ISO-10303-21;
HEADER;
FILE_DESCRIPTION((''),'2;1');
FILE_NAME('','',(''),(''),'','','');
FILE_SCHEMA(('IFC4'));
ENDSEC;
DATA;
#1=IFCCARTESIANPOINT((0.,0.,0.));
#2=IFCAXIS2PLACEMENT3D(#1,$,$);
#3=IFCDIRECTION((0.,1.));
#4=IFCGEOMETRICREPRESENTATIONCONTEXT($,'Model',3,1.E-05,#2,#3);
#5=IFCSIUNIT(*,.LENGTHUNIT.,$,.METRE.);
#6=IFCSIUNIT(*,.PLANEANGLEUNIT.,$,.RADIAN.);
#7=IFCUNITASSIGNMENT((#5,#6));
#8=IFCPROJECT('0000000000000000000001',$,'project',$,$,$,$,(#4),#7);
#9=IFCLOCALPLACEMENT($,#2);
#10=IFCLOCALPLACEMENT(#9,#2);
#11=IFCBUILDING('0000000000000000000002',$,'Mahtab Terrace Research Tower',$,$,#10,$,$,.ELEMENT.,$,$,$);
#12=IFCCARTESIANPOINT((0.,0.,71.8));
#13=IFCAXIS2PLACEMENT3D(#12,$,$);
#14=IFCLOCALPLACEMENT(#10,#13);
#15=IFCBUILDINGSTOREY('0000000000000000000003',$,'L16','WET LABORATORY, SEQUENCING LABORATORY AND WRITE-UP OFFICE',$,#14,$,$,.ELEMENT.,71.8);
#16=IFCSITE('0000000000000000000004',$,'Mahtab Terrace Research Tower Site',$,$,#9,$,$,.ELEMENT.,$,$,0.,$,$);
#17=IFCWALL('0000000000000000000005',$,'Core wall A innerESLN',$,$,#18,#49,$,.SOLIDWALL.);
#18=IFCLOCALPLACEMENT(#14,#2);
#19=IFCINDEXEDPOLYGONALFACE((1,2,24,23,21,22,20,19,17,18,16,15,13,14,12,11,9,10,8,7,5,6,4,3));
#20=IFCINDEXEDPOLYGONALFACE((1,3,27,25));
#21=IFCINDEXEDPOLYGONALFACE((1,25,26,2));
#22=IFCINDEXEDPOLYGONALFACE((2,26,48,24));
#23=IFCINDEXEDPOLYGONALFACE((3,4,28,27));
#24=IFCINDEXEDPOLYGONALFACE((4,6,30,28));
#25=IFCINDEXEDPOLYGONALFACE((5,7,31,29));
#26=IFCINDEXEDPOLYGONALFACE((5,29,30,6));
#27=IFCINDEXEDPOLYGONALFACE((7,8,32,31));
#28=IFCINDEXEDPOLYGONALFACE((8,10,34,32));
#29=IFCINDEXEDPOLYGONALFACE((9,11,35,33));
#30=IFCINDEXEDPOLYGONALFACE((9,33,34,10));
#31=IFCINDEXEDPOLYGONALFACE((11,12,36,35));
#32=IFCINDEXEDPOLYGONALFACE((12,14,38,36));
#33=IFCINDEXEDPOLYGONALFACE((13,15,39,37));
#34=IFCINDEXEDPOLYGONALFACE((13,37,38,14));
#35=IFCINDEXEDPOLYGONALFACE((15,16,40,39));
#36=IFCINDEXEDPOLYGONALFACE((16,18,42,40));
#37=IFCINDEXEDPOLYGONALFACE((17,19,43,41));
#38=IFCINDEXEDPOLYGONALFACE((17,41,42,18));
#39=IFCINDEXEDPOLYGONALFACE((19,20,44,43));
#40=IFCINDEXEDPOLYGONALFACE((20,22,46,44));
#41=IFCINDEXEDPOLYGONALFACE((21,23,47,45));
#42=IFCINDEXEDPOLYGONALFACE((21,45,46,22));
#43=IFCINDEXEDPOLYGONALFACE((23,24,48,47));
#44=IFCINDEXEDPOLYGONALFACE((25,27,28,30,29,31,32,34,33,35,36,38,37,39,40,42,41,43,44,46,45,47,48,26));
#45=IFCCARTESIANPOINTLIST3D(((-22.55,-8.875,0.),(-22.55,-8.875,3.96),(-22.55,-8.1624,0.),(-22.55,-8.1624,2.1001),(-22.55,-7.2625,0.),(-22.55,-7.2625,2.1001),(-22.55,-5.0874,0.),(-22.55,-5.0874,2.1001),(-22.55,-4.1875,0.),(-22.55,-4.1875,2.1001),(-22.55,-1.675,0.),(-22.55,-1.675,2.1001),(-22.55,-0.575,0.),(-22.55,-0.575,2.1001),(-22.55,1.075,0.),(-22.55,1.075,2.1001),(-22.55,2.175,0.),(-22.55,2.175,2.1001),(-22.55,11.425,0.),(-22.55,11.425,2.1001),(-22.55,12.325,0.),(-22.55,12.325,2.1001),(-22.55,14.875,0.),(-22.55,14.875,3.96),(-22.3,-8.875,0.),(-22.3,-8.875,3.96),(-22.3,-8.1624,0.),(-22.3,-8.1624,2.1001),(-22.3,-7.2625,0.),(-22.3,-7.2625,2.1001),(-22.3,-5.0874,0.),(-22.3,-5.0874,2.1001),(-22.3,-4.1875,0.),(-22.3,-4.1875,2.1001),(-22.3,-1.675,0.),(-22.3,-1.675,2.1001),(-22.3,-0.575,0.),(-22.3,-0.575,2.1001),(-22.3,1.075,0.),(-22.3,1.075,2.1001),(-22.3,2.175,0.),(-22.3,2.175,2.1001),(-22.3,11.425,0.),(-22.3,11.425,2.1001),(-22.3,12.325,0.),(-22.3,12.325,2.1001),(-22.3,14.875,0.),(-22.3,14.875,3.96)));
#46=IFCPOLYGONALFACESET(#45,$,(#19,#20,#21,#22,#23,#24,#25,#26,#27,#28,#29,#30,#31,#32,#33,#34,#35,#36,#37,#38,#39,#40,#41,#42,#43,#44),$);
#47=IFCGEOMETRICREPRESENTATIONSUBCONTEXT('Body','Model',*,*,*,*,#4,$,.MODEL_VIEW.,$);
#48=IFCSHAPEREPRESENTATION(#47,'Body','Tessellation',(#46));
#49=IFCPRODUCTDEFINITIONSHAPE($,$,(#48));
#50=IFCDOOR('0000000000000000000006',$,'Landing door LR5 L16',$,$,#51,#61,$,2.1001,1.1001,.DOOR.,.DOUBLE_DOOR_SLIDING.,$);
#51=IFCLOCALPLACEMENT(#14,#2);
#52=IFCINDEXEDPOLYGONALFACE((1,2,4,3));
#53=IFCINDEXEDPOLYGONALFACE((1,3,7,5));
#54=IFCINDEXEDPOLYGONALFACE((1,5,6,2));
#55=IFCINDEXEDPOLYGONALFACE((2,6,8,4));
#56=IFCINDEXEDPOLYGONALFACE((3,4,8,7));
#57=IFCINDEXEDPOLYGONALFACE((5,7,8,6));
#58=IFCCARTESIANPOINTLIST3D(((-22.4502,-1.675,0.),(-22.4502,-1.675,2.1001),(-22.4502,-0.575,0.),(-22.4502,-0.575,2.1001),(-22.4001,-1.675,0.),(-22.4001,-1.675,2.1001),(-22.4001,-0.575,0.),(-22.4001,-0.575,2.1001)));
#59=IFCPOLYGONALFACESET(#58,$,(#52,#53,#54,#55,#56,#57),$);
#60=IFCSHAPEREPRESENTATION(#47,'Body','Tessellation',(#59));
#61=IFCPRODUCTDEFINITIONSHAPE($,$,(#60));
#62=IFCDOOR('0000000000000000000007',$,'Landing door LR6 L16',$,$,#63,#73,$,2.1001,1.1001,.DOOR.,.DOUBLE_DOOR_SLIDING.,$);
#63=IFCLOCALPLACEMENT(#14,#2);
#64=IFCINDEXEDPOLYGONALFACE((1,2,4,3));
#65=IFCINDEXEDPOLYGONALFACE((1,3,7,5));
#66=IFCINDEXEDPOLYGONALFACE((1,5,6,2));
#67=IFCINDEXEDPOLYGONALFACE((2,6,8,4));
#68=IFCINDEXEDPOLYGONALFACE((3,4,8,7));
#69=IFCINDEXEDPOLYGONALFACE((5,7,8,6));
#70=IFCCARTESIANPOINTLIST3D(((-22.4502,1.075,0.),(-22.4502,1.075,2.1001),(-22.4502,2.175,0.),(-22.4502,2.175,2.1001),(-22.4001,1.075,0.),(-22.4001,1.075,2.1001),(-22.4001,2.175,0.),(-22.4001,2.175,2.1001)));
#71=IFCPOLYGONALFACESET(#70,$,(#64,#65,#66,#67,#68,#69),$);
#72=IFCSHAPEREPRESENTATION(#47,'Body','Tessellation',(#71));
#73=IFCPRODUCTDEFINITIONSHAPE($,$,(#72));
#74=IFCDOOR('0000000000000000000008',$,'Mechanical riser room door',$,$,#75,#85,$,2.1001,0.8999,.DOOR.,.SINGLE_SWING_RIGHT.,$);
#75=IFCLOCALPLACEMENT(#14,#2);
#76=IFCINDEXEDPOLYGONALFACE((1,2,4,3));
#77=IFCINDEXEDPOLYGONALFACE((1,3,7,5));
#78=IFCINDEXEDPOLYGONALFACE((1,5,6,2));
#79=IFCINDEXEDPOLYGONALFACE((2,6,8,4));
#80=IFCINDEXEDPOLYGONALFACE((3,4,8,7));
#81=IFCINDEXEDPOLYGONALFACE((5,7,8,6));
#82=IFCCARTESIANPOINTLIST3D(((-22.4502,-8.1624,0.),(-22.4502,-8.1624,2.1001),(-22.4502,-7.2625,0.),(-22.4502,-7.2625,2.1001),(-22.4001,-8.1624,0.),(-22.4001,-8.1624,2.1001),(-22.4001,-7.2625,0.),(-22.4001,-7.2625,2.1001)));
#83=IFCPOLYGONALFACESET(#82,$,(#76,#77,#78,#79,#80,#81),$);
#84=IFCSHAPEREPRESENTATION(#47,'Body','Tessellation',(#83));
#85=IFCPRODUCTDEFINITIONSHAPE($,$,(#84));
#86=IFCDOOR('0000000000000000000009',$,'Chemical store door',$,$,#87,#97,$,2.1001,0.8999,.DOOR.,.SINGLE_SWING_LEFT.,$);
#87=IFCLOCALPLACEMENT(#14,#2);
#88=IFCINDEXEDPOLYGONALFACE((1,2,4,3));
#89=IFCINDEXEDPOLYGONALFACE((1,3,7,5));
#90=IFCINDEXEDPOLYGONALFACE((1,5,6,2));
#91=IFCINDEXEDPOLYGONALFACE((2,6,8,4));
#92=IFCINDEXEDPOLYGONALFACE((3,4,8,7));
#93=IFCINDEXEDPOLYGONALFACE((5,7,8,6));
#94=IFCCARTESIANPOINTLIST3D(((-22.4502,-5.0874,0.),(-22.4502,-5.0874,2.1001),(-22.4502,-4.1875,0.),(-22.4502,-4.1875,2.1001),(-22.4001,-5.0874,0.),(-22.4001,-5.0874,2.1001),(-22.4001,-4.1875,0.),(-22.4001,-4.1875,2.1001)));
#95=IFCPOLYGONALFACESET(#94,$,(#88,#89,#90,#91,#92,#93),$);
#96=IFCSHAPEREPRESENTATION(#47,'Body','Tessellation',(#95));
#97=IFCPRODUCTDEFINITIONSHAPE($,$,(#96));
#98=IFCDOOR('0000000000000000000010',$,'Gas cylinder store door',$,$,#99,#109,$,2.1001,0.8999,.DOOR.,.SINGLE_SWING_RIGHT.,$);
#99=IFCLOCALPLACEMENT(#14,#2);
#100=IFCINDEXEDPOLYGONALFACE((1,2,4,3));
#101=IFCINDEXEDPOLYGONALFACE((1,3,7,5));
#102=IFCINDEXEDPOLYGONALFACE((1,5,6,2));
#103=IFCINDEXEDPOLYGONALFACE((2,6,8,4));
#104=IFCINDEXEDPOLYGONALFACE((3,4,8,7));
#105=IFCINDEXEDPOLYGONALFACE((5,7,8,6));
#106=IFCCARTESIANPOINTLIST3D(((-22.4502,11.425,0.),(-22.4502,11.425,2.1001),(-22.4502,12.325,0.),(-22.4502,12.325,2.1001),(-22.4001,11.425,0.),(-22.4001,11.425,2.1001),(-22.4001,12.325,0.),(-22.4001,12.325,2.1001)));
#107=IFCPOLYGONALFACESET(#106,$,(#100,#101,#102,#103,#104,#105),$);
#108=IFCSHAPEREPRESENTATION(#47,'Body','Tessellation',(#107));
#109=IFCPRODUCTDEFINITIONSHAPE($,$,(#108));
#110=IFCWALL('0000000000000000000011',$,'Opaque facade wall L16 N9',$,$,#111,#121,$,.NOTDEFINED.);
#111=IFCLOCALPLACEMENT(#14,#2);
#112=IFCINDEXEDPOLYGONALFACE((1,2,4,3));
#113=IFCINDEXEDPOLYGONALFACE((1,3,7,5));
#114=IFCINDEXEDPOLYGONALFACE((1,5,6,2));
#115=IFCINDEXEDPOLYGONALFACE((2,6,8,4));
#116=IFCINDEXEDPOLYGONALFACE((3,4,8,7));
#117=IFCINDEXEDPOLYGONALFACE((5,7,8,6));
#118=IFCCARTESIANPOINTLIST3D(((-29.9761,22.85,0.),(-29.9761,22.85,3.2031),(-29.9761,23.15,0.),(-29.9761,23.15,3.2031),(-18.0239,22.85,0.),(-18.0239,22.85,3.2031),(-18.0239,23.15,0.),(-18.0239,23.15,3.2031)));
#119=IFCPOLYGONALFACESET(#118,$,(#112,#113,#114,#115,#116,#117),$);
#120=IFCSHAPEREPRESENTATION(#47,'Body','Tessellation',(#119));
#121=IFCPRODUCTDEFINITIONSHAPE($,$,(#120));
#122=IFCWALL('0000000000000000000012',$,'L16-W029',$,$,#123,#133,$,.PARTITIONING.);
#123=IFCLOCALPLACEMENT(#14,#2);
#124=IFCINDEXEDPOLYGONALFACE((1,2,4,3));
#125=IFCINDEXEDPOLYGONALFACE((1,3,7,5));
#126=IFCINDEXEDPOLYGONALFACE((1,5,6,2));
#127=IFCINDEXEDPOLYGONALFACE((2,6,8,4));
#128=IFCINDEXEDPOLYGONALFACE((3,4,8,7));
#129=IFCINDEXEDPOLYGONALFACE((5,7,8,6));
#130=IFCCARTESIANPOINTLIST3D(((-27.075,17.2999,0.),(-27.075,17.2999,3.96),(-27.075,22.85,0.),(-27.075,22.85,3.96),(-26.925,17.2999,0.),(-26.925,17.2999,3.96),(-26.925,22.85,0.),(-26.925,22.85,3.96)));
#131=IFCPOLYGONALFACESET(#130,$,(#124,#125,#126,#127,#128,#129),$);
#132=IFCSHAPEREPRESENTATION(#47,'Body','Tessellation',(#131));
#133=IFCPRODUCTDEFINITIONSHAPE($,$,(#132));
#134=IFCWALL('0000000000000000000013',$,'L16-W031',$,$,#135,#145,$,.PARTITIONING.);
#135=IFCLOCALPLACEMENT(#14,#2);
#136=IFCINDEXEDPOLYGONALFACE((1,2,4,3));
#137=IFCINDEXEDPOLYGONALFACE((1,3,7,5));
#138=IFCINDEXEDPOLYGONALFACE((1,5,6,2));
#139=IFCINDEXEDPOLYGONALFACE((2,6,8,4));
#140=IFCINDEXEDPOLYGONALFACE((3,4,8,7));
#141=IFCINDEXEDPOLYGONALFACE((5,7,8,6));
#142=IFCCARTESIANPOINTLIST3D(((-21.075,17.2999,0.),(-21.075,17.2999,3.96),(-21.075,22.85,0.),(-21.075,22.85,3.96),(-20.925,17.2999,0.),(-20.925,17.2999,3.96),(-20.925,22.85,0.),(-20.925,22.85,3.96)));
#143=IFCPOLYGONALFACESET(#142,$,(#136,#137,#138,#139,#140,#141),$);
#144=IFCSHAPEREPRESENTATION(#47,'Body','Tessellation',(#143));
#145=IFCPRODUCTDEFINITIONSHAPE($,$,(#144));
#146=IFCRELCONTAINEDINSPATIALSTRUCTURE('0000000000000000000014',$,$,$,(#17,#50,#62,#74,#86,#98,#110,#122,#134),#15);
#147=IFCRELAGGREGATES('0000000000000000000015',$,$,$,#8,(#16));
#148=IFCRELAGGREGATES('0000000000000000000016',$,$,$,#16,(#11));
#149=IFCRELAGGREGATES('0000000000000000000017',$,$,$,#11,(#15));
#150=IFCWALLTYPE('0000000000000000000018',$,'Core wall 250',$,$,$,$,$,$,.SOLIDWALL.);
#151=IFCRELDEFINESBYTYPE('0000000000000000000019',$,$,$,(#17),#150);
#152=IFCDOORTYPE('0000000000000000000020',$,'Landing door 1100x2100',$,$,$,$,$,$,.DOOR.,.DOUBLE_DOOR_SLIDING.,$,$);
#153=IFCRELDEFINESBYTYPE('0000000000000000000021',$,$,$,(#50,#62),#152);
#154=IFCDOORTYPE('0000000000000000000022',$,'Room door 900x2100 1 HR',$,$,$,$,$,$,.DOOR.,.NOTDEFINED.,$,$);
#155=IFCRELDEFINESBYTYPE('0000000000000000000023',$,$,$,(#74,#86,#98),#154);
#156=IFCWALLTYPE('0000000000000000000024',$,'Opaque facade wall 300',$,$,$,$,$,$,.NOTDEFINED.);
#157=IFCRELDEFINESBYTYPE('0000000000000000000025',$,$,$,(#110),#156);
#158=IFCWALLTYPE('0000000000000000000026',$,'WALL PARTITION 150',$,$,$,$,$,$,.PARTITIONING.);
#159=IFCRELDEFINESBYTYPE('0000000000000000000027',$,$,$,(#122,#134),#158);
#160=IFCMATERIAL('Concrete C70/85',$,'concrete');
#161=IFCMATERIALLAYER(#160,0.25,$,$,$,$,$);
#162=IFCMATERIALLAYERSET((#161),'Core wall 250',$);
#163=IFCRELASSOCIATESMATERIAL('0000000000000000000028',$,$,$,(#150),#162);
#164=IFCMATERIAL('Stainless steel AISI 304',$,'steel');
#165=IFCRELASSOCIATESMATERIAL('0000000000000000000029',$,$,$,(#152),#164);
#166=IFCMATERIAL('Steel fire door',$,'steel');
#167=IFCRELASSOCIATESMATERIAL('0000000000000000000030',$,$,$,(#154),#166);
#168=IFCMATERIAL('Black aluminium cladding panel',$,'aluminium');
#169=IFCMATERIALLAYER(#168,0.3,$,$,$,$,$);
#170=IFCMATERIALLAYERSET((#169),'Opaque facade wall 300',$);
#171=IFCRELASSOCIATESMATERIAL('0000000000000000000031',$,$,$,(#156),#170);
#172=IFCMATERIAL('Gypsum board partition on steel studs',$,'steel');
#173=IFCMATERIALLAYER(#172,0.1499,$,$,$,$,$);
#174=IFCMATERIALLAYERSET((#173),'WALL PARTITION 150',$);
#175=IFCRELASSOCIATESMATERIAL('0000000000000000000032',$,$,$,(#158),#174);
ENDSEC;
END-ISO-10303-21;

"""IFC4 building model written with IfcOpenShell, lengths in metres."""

from ifc_helpers import new_model, si_unit, direction, frame, frame_2d, origin, place, context, subcontext, project, spatial, rectangle, extrude, material, layer, layer_set, type_object, element, fill, save


model = new_model("IFC4")

# Units and contexts
model_context = context("Model", 3, precision=1e-05, world=origin(), true_north=direction((0.0, 1.0)))
body_context = subcontext(model_context, "Body", "Model", "MODEL_VIEW")
ifc_project = project(units=[si_unit("LENGTHUNIT", "METRE"), si_unit("PLANEANGLEUNIT", "RADIAN")], contexts=[model_context])

# Site, building, storey
site_placement = place(None, origin())
site = spatial("IfcSite", under=ifc_project, at=site_placement, Name="Mahtab Terrace Research Tower Site", CompositionType="ELEMENT", RefElevation=0.0)
building_placement = place(site_placement, origin())
building = spatial("IfcBuilding", under=site, at=building_placement, Name="Mahtab Terrace Research Tower", CompositionType="ELEMENT")
storey_placement = place(building_placement, frame((0.0, 0.0, 71.8)))
storey = spatial("IfcBuildingStorey", under=building, at=storey_placement, Name="L16", Description="WET LABORATORY, SEQUENCING LABORATORY AND WRITE-UP OFFICE", CompositionType="ELEMENT", Elevation=71.8)

# Shared definitions
ifc_material_1 = material(Name="Concrete C70/85", Category="concrete")
ifc_layer_1 = layer(ifc_material_1, 0.25)
ifc_layer_set_1 = layer_set([ifc_layer_1], Name="Core wall 250")
wall_type_1 = type_object("IfcWallType", Name="Core wall 250", PredefinedType="SOLIDWALL", material=ifc_layer_set_1)

# Shared definitions
ifc_material_2 = material(Name="Steel fire door", Category="steel")

# Wall, openings, doors
wall_1_placement = place(storey_placement, frame((-22.425, 14.875, 0.0), z_axis=(0.0, 0.0, 1.0), x_axis=(0.0, -1.0, 0.0)))
wall_1 = element("IfcWall", 1, at=wall_1_placement, inside=storey, type_object=wall_type_1, Name="Core wall A innerESLN", PredefinedType="SOLIDWALL", context=body_context, shape_type="SweptSolid", body=[
    extrude(rectangle(XDim=23.75, YDim=0.25, at=frame_2d((11.875, 0.0))), origin(), (0.0, 0.0, 1.0), 3.96),
])
opening_1_placement = place(wall_1_placement, frame((15.45, 0.0, 0.0)))
opening_1 = element("IfcOpeningElement", 2, at=opening_1_placement, cuts=wall_1, PredefinedType="OPENING", context=body_context, shape_type="SweptSolid", body=[
    extrude(rectangle(XDim=1.1001, YDim=2.1001, at=frame_2d((0.55, 1.05))), frame((0.0, 0.135, 0.0), z_axis=(0.0, -1.0, 0.0), x_axis=(1.0, 0.0, 0.0)), (0.0, 0.0, 1.0), 0.27),
])
opening_2_placement = place(wall_1_placement, frame((12.7, 0.0, 0.0)))
opening_2 = element("IfcOpeningElement", 3, at=opening_2_placement, cuts=wall_1, PredefinedType="OPENING", context=body_context, shape_type="SweptSolid", body=[
    extrude(rectangle(XDim=1.1001, YDim=2.1001, at=frame_2d((0.55, 1.05))), frame((0.0, 0.135, 0.0), z_axis=(0.0, -1.0, 0.0), x_axis=(1.0, 0.0, 0.0)), (0.0, 0.0, 1.0), 0.27),
])
opening_3_placement = place(wall_1_placement, frame((22.1375, 0.0, 0.0)))
opening_3 = element("IfcOpeningElement", 4, at=opening_3_placement, cuts=wall_1, PredefinedType="OPENING", context=body_context, shape_type="SweptSolid", body=[
    extrude(rectangle(XDim=0.8999, YDim=2.1001, at=frame_2d((0.45, 1.05))), frame((0.0, 0.135, 0.0), z_axis=(0.0, -1.0, 0.0), x_axis=(1.0, 0.0, 0.0)), (0.0, 0.0, 1.0), 0.27),
])
opening_4_placement = place(wall_1_placement, frame((19.0625, 0.0, 0.0)))
opening_4 = element("IfcOpeningElement", 5, at=opening_4_placement, cuts=wall_1, PredefinedType="OPENING", context=body_context, shape_type="SweptSolid", body=[
    extrude(rectangle(XDim=0.8999, YDim=2.1001, at=frame_2d((0.45, 1.05))), frame((0.0, 0.135, 0.0), z_axis=(0.0, -1.0, 0.0), x_axis=(1.0, 0.0, 0.0)), (0.0, 0.0, 1.0), 0.27),
])
opening_5_placement = place(wall_1_placement, frame((2.55, 0.0, 0.0)))
opening_5 = element("IfcOpeningElement", 6, at=opening_5_placement, cuts=wall_1, PredefinedType="OPENING", context=body_context, shape_type="SweptSolid", body=[
    extrude(rectangle(XDim=0.8999, YDim=2.1001, at=frame_2d((0.45, 1.05))), frame((0.0, 0.135, 0.0), z_axis=(0.0, -1.0, 0.0), x_axis=(1.0, 0.0, 0.0)), (0.0, 0.0, 1.0), 0.27),
])
ifc_material_3 = material(Name="Stainless steel AISI 304", Category="steel")
door_type_1 = type_object("IfcDoorType", Name="Landing door 1100x2100", OperationType="DOUBLE_DOOR_SLIDING", PredefinedType="DOOR", material=ifc_material_3)
door_1_placement = place(opening_1_placement, origin())
door_1 = element("IfcDoor", 7, at=door_1_placement, inside=storey, type_object=door_type_1, Name="Landing door LR5 L16", OperationType="DOUBLE_DOOR_SLIDING", OverallHeight=2.1001, OverallWidth=1.1001, PredefinedType="DOOR", context=body_context, shape_type="SweptSolid", body=[
    extrude(rectangle(XDim=1.1001, YDim=2.1001, at=frame_2d((0.55, 1.05))), frame((0.0, 0.0249, 0.0), z_axis=(0.0, -1.0, 0.0), x_axis=(1.0, 0.0, 0.0)), (0.0, 0.0, 1.0), 0.05),
])
fill(opening_1, door_1)
door_2_placement = place(opening_2_placement, origin())
door_2 = element("IfcDoor", 8, at=door_2_placement, inside=storey, type_object=door_type_1, Name="Landing door LR6 L16", OperationType="DOUBLE_DOOR_SLIDING", OverallHeight=2.1001, OverallWidth=1.1001, PredefinedType="DOOR", context=body_context, shape_type="SweptSolid", body=[
    extrude(rectangle(XDim=1.1001, YDim=2.1001, at=frame_2d((0.55, 1.05))), frame((0.0, 0.0249, 0.0), z_axis=(0.0, -1.0, 0.0), x_axis=(1.0, 0.0, 0.0)), (0.0, 0.0, 1.0), 0.05),
])
fill(opening_2, door_2)
door_type_2 = type_object("IfcDoorType", Name="Room door 900x2100 1 HR", OperationType="NOTDEFINED", PredefinedType="DOOR", material=ifc_material_2)
door_3_placement = place(opening_3_placement, origin())
door_3 = element("IfcDoor", 9, at=door_3_placement, inside=storey, type_object=door_type_2, Name="Mechanical riser room door", OperationType="SINGLE_SWING_RIGHT", OverallHeight=2.1001, OverallWidth=0.8999, PredefinedType="DOOR", context=body_context, shape_type="SweptSolid", body=[
    extrude(rectangle(XDim=0.8999, YDim=2.1001, at=frame_2d((0.45, 1.05))), frame((0.0, 0.0249, 0.0), z_axis=(0.0, -1.0, 0.0), x_axis=(1.0, 0.0, 0.0)), (0.0, 0.0, 1.0), 0.05),
])
fill(opening_3, door_3)
door_4_placement = place(opening_4_placement, origin())
door_4 = element("IfcDoor", 10, at=door_4_placement, inside=storey, type_object=door_type_2, Name="Chemical store door", OperationType="SINGLE_SWING_LEFT", OverallHeight=2.1001, OverallWidth=0.8999, PredefinedType="DOOR", context=body_context, shape_type="SweptSolid", body=[
    extrude(rectangle(XDim=0.8999, YDim=2.1001, at=frame_2d((0.45, 1.05))), frame((0.0, 0.0249, 0.0), z_axis=(0.0, -1.0, 0.0), x_axis=(1.0, 0.0, 0.0)), (0.0, 0.0, 1.0), 0.05),
])
fill(opening_4, door_4)
door_5_placement = place(opening_5_placement, origin())
door_5 = element("IfcDoor", 11, at=door_5_placement, inside=storey, type_object=door_type_2, Name="Gas cylinder store door", OperationType="SINGLE_SWING_RIGHT", OverallHeight=2.1001, OverallWidth=0.8999, PredefinedType="DOOR", context=body_context, shape_type="SweptSolid", body=[
    extrude(rectangle(XDim=0.8999, YDim=2.1001, at=frame_2d((0.45, 1.05))), frame((0.0, 0.0249, 0.0), z_axis=(0.0, -1.0, 0.0), x_axis=(1.0, 0.0, 0.0)), (0.0, 0.0, 1.0), 0.05),
])
fill(opening_5, door_5)

# Walls
ifc_material_4 = material(Name="Black aluminium cladding panel", Category="aluminium")
ifc_layer_2 = layer(ifc_material_4, 0.3)
ifc_layer_set_2 = layer_set([ifc_layer_2], Name="Opaque facade wall 300")
wall_type_2 = type_object("IfcWallType", Name="Opaque facade wall 300", PredefinedType="NOTDEFINED", material=ifc_layer_set_2)
wall_2_placement = place(storey_placement, frame((-18.0239, 23.0, 0.0), z_axis=(0.0, 0.0, 1.0), x_axis=(-1.0, 0.0, 0.0)))
element("IfcWall", 12, at=wall_2_placement, inside=storey, type_object=wall_type_2, Name="Opaque facade wall L16 N9", PredefinedType="NOTDEFINED", context=body_context, shape_type="SweptSolid", body=[
    extrude(rectangle(XDim=11.9521, YDim=0.3, at=frame_2d((5.9761, 0.0))), origin(), (0.0, 0.0, 1.0), 3.2031),
])
ifc_material_5 = material(Name="Gypsum board partition on steel studs", Category="steel")
ifc_layer_3 = layer(ifc_material_5, 0.1499)
ifc_layer_set_3 = layer_set([ifc_layer_3], Name="WALL PARTITION 150")
wall_type_3 = type_object("IfcWallType", Name="WALL PARTITION 150", PredefinedType="PARTITIONING", material=ifc_layer_set_3)
for number, where, z_axis, x_axis, name in (
    (13, (-27.0, 17.3, 0.0), (0.0, 0.0, 1.0), (0.0, 1.0, 0.0), "L16-W029"),
    (14, (-21.0, 17.3, 0.0), (0.0, 0.0, 1.0), (0.0, 1.0, 0.0), "L16-W031"),
):
    element("IfcWall", number, at=place(storey_placement, frame(where, z_axis=z_axis, x_axis=x_axis)), inside=storey, type_object=wall_type_3, Name=name, PredefinedType="PARTITIONING", context=body_context, shape_type="SweptSolid", body=[
        extrude(rectangle(XDim=5.55, YDim=0.1499, at=frame_2d((2.7749, 0.0))), origin(), (0.0, 0.0, 1.0), 3.96),
    ])

save(model, "model.ifc")
